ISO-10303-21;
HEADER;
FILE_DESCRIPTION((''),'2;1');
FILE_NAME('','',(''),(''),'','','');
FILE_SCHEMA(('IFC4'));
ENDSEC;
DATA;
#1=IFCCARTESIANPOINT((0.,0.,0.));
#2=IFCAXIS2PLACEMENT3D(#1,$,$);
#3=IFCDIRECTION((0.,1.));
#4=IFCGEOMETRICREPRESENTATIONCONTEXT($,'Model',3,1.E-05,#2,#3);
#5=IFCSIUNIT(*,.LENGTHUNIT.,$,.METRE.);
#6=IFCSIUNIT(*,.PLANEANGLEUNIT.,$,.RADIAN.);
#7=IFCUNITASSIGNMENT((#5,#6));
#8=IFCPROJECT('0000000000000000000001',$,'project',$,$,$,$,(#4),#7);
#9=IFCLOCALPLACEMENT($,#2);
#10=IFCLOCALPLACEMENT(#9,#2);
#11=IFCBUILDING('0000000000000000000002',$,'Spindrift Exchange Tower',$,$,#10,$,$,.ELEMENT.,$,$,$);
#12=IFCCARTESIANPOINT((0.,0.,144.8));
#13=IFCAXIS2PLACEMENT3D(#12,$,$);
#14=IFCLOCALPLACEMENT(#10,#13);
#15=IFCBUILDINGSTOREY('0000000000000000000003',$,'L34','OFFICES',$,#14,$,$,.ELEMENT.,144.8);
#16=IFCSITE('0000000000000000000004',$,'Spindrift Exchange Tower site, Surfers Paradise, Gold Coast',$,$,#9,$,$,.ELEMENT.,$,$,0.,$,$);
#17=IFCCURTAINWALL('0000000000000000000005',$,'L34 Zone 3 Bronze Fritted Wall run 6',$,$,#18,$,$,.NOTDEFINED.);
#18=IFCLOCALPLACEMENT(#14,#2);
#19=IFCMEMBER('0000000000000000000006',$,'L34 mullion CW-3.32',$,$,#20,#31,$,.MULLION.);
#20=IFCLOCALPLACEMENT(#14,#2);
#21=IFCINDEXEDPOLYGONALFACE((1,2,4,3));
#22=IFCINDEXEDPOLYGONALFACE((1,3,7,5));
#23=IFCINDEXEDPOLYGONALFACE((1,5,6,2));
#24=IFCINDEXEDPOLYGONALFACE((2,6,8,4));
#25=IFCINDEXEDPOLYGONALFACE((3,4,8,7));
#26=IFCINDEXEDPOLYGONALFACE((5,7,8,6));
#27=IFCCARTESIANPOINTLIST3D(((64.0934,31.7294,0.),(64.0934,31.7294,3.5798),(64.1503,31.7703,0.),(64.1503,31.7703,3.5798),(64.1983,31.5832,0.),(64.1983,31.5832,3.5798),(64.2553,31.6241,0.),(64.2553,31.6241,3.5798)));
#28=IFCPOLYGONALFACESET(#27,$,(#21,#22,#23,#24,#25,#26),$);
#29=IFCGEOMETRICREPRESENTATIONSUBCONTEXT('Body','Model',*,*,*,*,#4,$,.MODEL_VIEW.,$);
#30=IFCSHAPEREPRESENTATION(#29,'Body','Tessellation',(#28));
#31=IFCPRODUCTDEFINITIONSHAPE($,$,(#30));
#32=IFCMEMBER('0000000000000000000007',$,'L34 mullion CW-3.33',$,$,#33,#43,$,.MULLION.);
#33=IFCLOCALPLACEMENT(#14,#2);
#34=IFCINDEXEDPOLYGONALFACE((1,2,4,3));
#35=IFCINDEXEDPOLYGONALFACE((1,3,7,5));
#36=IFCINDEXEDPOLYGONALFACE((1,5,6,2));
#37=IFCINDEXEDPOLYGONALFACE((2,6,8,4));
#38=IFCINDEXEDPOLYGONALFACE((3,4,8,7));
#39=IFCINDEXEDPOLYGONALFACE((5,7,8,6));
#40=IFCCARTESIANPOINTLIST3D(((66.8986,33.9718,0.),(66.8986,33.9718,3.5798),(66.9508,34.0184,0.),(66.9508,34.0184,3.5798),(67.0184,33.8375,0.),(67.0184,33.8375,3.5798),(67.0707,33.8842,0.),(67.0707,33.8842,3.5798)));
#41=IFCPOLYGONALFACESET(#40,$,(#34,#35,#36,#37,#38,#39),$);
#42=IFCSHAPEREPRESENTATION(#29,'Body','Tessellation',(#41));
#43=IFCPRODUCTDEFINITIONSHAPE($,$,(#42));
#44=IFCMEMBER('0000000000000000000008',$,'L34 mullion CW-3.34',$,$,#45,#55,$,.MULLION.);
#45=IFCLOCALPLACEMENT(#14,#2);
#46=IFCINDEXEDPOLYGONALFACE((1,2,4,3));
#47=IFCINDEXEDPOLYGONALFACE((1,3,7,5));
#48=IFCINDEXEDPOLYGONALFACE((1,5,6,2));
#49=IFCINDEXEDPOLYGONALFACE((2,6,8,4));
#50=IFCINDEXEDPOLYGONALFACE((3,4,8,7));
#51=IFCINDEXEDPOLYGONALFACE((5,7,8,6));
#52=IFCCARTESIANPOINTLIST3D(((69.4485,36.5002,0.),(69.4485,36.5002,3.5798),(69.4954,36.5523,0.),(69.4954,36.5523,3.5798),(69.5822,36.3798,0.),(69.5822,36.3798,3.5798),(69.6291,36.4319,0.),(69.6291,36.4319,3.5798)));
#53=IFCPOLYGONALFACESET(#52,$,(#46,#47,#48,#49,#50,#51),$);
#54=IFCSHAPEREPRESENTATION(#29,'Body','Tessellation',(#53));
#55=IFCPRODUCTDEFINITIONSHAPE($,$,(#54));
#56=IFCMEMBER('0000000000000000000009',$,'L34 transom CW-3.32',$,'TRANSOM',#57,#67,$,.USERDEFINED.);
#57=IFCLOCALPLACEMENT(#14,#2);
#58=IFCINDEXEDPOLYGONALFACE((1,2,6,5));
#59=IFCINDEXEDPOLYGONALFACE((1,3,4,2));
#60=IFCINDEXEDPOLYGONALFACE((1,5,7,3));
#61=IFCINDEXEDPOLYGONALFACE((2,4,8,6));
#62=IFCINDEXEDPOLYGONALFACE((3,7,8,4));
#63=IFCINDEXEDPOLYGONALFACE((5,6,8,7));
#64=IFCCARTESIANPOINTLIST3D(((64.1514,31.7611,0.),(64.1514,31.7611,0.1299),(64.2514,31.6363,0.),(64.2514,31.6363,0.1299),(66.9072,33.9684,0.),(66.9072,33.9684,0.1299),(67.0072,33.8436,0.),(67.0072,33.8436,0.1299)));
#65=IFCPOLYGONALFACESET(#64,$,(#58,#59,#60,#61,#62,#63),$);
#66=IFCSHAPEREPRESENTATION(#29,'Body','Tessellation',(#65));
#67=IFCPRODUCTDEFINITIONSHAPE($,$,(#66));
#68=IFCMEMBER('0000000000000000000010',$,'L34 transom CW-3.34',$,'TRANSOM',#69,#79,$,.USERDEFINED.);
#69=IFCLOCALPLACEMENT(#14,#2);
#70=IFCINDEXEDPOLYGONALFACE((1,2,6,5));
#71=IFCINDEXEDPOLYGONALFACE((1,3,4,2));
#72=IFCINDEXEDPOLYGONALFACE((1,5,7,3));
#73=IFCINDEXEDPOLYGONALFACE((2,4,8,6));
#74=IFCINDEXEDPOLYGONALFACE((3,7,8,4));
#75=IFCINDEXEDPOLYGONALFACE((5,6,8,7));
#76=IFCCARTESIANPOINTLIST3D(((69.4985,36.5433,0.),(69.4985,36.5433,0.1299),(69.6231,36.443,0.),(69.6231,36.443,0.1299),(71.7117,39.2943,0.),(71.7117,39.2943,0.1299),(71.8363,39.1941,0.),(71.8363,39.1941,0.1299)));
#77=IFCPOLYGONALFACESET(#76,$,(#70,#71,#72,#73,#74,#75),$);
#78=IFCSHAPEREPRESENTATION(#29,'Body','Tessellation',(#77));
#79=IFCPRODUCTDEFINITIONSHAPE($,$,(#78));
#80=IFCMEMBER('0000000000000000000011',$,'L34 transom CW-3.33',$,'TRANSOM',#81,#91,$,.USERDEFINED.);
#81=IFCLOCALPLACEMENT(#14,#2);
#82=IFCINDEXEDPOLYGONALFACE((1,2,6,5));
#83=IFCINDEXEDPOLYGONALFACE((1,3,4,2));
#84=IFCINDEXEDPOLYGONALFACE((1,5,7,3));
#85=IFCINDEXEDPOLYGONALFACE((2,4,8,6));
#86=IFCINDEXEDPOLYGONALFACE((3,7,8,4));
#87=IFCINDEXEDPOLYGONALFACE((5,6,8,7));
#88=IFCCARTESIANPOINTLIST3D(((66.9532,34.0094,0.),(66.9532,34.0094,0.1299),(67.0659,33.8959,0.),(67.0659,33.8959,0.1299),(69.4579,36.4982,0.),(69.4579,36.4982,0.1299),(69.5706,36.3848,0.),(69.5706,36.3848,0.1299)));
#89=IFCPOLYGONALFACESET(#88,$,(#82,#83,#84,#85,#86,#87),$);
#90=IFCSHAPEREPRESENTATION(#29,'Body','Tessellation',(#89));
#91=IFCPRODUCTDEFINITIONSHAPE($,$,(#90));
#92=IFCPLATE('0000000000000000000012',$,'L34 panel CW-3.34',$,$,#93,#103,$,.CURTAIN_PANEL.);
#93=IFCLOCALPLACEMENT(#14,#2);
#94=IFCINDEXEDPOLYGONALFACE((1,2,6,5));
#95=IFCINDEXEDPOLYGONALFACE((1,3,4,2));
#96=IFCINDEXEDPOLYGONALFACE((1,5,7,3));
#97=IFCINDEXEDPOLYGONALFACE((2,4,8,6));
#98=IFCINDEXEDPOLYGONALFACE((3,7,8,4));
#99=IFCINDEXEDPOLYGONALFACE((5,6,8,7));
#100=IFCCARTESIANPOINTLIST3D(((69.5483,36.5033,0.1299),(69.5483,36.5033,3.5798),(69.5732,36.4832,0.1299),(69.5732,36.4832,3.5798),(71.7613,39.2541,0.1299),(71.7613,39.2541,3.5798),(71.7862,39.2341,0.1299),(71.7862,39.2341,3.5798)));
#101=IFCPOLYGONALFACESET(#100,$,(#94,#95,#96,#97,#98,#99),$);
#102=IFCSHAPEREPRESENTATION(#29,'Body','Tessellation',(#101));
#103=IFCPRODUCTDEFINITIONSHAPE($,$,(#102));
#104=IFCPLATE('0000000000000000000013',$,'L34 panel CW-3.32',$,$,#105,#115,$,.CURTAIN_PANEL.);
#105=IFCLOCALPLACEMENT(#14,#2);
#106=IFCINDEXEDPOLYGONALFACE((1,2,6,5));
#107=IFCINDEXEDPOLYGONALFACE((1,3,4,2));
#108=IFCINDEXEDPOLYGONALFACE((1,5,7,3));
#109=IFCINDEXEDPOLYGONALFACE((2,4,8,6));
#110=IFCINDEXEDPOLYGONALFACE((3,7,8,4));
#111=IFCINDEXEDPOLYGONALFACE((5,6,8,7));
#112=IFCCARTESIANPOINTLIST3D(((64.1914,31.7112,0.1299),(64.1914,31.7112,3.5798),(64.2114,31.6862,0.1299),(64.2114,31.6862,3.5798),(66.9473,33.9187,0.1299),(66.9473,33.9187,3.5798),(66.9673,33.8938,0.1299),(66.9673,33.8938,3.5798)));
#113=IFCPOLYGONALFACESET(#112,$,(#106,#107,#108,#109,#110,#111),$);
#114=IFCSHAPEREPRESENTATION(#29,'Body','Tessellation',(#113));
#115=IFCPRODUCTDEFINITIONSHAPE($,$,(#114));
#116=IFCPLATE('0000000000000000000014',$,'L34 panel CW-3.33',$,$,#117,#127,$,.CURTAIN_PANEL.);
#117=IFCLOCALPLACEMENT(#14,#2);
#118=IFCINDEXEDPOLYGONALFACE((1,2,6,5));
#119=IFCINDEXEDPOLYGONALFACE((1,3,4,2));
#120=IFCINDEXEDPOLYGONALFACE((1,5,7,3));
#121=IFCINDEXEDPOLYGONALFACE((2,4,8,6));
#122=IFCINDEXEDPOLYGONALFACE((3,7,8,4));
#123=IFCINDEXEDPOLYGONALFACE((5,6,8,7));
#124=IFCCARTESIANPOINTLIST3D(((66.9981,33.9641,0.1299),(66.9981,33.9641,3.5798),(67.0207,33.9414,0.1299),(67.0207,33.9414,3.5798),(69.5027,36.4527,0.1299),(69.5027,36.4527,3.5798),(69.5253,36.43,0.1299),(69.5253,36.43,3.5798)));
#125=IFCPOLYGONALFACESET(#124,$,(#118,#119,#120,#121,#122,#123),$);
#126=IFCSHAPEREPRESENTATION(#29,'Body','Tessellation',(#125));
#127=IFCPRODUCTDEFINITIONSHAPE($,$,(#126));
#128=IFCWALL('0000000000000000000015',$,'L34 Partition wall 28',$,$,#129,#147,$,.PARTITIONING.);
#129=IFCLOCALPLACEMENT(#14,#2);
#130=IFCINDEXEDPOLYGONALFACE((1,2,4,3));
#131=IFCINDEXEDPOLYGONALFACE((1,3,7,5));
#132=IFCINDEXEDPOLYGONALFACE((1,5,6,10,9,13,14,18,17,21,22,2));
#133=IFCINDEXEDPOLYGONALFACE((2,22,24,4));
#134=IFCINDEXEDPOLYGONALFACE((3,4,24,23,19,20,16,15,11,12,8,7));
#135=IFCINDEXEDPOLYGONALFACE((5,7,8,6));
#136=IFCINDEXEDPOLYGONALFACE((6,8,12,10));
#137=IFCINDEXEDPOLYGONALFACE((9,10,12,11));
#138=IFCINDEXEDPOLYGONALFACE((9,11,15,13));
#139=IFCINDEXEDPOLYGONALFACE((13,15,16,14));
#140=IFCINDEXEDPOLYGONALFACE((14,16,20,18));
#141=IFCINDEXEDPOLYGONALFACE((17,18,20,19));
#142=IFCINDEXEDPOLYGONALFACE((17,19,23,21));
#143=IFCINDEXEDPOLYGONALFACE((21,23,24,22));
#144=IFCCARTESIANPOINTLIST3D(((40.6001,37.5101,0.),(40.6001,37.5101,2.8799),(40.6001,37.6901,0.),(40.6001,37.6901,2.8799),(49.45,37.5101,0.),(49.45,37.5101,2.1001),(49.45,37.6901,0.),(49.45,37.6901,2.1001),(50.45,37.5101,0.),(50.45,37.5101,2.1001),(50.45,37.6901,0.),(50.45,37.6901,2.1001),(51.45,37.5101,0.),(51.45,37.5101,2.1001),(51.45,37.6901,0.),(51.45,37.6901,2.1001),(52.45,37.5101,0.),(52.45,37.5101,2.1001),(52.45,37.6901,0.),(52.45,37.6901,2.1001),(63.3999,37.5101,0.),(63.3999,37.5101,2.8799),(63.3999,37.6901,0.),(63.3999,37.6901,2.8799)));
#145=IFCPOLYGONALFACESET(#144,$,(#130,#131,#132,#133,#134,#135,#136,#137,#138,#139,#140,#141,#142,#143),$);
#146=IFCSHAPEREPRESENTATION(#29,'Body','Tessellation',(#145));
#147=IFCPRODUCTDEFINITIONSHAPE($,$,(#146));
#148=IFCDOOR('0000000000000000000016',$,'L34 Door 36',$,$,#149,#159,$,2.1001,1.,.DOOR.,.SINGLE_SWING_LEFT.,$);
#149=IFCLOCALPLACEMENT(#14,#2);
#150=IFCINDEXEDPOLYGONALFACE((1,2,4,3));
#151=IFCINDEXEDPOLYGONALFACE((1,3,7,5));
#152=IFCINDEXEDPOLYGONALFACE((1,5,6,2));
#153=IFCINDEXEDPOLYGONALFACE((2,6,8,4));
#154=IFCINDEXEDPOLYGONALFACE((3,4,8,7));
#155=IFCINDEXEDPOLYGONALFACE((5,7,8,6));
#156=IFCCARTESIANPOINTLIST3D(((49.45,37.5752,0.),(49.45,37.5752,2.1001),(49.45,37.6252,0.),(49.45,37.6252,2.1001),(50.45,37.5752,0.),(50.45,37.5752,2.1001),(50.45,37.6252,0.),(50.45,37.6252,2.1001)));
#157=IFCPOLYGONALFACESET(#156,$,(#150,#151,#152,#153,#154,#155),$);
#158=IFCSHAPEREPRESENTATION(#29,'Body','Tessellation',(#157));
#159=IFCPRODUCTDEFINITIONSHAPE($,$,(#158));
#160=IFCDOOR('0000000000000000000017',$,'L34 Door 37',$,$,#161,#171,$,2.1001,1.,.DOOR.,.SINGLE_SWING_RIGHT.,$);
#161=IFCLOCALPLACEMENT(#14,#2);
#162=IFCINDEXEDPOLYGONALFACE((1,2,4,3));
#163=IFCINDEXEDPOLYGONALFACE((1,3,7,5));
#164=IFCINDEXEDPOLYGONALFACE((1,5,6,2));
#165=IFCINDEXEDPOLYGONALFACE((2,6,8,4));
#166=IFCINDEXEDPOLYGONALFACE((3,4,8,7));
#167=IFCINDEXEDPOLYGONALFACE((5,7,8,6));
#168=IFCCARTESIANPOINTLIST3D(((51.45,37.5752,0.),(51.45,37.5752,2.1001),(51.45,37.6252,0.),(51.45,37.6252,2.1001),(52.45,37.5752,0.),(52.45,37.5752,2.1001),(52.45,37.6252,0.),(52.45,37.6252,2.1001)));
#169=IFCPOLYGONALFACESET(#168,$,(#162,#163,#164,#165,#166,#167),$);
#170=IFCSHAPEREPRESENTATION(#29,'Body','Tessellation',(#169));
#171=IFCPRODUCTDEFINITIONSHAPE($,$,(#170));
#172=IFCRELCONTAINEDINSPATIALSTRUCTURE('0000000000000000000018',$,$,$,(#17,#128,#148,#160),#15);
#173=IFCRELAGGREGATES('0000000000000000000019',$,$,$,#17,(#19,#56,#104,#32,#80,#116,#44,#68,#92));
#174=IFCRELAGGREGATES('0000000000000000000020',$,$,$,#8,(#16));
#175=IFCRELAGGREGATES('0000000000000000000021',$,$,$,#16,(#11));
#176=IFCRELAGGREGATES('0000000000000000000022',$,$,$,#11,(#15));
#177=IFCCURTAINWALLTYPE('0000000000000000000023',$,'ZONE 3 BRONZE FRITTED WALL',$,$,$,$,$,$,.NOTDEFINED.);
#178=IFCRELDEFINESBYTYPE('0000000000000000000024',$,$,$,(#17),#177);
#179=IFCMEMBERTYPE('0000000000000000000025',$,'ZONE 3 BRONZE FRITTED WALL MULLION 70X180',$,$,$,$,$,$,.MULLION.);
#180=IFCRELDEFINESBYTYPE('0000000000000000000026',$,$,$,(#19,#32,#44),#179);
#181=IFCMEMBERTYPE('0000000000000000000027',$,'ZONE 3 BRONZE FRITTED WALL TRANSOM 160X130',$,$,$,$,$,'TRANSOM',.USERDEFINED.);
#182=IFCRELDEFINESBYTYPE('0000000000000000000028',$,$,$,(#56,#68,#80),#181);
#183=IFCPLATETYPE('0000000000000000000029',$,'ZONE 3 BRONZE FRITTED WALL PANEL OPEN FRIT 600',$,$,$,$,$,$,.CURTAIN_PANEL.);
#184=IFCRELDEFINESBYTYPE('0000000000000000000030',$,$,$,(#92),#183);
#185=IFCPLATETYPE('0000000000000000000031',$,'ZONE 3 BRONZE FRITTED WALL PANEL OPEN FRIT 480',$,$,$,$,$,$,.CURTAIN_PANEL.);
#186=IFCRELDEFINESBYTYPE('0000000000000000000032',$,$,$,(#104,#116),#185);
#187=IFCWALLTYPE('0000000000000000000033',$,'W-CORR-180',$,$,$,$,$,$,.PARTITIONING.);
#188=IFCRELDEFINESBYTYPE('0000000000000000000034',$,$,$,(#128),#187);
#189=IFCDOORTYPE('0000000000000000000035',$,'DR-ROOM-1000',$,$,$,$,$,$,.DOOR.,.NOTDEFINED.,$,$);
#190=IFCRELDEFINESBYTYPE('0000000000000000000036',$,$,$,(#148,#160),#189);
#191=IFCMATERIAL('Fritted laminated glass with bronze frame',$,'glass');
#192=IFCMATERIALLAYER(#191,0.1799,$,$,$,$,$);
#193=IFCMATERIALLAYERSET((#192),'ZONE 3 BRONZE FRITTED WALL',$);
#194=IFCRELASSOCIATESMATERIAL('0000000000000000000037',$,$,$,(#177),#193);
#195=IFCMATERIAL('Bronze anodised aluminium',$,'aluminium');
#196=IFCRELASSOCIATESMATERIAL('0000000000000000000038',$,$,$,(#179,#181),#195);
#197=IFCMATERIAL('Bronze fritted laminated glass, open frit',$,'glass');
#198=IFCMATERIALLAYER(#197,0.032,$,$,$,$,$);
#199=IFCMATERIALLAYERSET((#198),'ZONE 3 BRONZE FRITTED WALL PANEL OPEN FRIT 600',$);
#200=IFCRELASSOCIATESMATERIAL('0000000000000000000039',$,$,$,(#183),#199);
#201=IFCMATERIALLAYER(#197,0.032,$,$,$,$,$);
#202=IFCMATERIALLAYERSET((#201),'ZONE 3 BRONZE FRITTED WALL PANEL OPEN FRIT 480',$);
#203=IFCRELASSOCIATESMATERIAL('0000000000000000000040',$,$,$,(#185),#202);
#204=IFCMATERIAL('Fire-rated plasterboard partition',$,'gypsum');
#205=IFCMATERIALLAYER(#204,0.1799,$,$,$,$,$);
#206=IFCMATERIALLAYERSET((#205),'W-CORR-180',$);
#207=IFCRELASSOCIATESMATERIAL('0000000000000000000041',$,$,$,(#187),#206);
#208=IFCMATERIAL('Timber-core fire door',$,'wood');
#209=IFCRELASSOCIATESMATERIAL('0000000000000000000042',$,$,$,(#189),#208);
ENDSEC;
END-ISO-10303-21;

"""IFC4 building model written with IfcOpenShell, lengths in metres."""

from ifc_helpers import new_model, si_unit, direction, frame, frame_2d, origin, origin_2d, place, context, subcontext, project, spatial, rectangle, extrude, source, transform, mapped, material, layer, layer_set, material_profile, profile_set, type_object, element, fill, aggregate, save


model = new_model("IFC4")

# Units and contexts
model_context = context("Model", 3, precision=1e-05, world=origin(), true_north=direction((0.0, 1.0)))
body_context = subcontext(model_context, "Body", "Model", "MODEL_VIEW")
ifc_project = project(units=[si_unit("LENGTHUNIT", "METRE"), si_unit("PLANEANGLEUNIT", "RADIAN")], contexts=[model_context])

# Site, building, storey
site_placement = place(None, origin())
site = spatial("IfcSite", under=ifc_project, at=site_placement, Name="Spindrift Exchange Tower site, Surfers Paradise, Gold Coast", CompositionType="ELEMENT", RefElevation=0.0)
building_placement = place(site_placement, origin())
building = spatial("IfcBuilding", under=site, at=building_placement, Name="Spindrift Exchange Tower", CompositionType="ELEMENT")
storey_placement = place(building_placement, frame((0.0, 0.0, 144.8)))
storey = spatial("IfcBuildingStorey", under=building, at=storey_placement, Name="L34", Description="OFFICES", CompositionType="ELEMENT", Elevation=144.8)

# Curtain wall, members, plates
ifc_material_1 = material(Name="Fritted laminated glass with bronze frame", Category="glass")
ifc_layer_1 = layer(ifc_material_1, 0.1799)
ifc_layer_set_1 = layer_set([ifc_layer_1], Name="ZONE 3 BRONZE FRITTED WALL")
curtain_wall_type = type_object("IfcCurtainWallType", Name="ZONE 3 BRONZE FRITTED WALL", PredefinedType="NOTDEFINED", material=ifc_layer_set_1)
curtain_wall_placement = place(storey_placement, origin())
curtain_wall = element("IfcCurtainWall", 1, at=curtain_wall_placement, inside=storey, type_object=curtain_wall_type, Name="L34 Zone 3 Bronze Fritted Wall run 6", PredefinedType="NOTDEFINED")
ifc_material_2 = material(Name="Bronze anodised aluminium", Category="aluminium")
ifc_material_profile_1 = material_profile(ifc_material_2, rectangle(XDim=0.0701, YDim=0.1799, at=origin_2d()), Name="ZONE 3 BRONZE FRITTED WALL MULLION 70X180")
ifc_profile_set_1 = profile_set([ifc_material_profile_1], Name="Bronze anodised aluminium")
member_type_1 = type_object("IfcMemberType", Name="ZONE 3 BRONZE FRITTED WALL MULLION 70X180", PredefinedType="MULLION", material=ifc_profile_set_1)
shared_shape_1 = source(origin(), body_context, "Body", "SweptSolid", [
    extrude(rectangle(XDim=0.0701, YDim=0.1799, at=origin_2d()), origin(), (0.0, 0.0, 1.0), 3.5798),
])
member_1_placement = place(storey_placement, frame((64.1743, 31.6768, 0.0), z_axis=(0.0, 0.0, 1.0), x_axis=(0.812208, 0.583367, 0.0)))
member_1 = element("IfcMember", 2, at=member_1_placement, type_object=member_type_1, Name="L34 mullion CW-3.32", PredefinedType="MULLION", context=body_context, shape_type="MappedRepresentation", body=[
    mapped(shared_shape_1, transform((0.0, 0.0, 0.0), scale=1.0)),
])
member_2_placement = place(storey_placement, frame((66.9846, 33.928, 0.0), z_axis=(0.0, 0.0, 1.0), x_axis=(0.745987, 0.665961, 0.0)))
member_2 = element("IfcMember", 3, at=member_2_placement, type_object=member_type_1, Name="L34 mullion CW-3.33", PredefinedType="MULLION", context=body_context, shape_type="MappedRepresentation", body=[
    mapped(shared_shape_1, transform((0.0, 0.0, 0.0), scale=1.0)),
])
member_3_placement = place(storey_placement, frame((69.5388, 36.4661, 0.0), z_axis=(0.0, 0.0, 1.0), x_axis=(0.669128, 0.743148, 0.0)))
member_3 = element("IfcMember", 4, at=member_3_placement, type_object=member_type_1, Name="L34 mullion CW-3.34", PredefinedType="MULLION", context=body_context, shape_type="MappedRepresentation", body=[
    mapped(shared_shape_1, transform((0.0, 0.0, 0.0), scale=1.0)),
])
ifc_material_profile_2 = material_profile(ifc_material_2, rectangle(XDim=0.1599, YDim=0.1299, at=origin_2d()), Name="ZONE 3 BRONZE FRITTED WALL TRANSOM 160X130")
ifc_profile_set_2 = profile_set([ifc_material_profile_2], Name="Bronze anodised aluminium")
member_type_2 = type_object("IfcMemberType", Name="ZONE 3 BRONZE FRITTED WALL TRANSOM 160X130", ElementType="TRANSOM", PredefinedType="USERDEFINED", material=ifc_profile_set_2)
shared_shape_2 = source(origin(), body_context, "Body", "SweptSolid", [
    extrude(rectangle(XDim=0.1599, YDim=0.1299, at=origin_2d()), origin(), (0.0, 0.0, 1.0), 3.5308),
])
member_4_placement = place(storey_placement, frame((64.2014, 31.6987, 0.0649), z_axis=(0.780511, 0.625142, 0.0), x_axis=(-0.625142, 0.780511, 0.0)))
member_4 = element("IfcMember", 5, at=member_4_placement, type_object=member_type_2, Name="L34 transom CW-3.32", ObjectType="TRANSOM", PredefinedType="USERDEFINED", context=body_context, shape_type="MappedRepresentation", body=[
    mapped(shared_shape_2, transform((0.0, 0.0, 0.0), scale=1.0)),
])
member_5_placement = place(storey_placement, frame((69.5608, 36.4932, 0.0649), z_axis=(0.626826, 0.779159, 0.0), x_axis=(-0.779159, 0.626826, 0.0)))
member_5 = element("IfcMember", 6, at=member_5_placement, type_object=member_type_2, Name="L34 transom CW-3.34", ObjectType="TRANSOM", PredefinedType="USERDEFINED", context=body_context, shape_type="MappedRepresentation", body=[
    mapped(shared_shape_2, transform((0.0, 0.0, 0.0), scale=1.0)),
])
shared_shape_3 = source(origin(), body_context, "Body", "SweptSolid", [
    extrude(rectangle(XDim=0.1599, YDim=0.1299, at=origin_2d()), origin(), (0.0, 0.0, 1.0), 3.531),
])
member_6_placement = place(storey_placement, frame((67.0095, 33.9526, 0.0649), z_axis=(0.70935, 0.704856, 0.0), x_axis=(-0.704856, 0.70935, 0.0)))
member_6 = element("IfcMember", 7, at=member_6_placement, type_object=member_type_2, Name="L34 transom CW-3.33", ObjectType="TRANSOM", PredefinedType="USERDEFINED", context=body_context, shape_type="MappedRepresentation", body=[
    mapped(shared_shape_3, transform((0.0, 0.0, 0.0), scale=1.0)),
])
ifc_material_3 = material(Name="Bronze fritted laminated glass, open frit", Category="glass")
ifc_layer_2 = layer(ifc_material_3, 0.032)
ifc_layer_set_2 = layer_set([ifc_layer_2], Name="ZONE 3 BRONZE FRITTED WALL PANEL OPEN FRIT 600")
plate_type_1 = type_object("IfcPlateType", Name="ZONE 3 BRONZE FRITTED WALL PANEL OPEN FRIT 600", PredefinedType="CURTAIN_PANEL", material=ifc_layer_set_2)
shared_shape_4 = source(origin(), body_context, "Body", "SweptSolid", [
    extrude(rectangle(XDim=3.5305, YDim=0.032, at=origin_2d()), origin(), (0.0, 0.0, 1.0), 3.45),
])
plate_1_placement = place(storey_placement, frame((70.6672, 37.8687, 0.1299), z_axis=(0.0, 0.0, 1.0), x_axis=(0.626823, 0.779162, 0.0)))
plate_1 = element("IfcPlate", 8, at=plate_1_placement, type_object=plate_type_1, Name="L34 panel CW-3.34", PredefinedType="CURTAIN_PANEL", context=body_context, shape_type="MappedRepresentation", body=[
    mapped(shared_shape_4, transform((0.0, 0.0, 0.0), scale=1.0)),
])
ifc_layer_3 = layer(ifc_material_3, 0.032)
ifc_layer_set_3 = layer_set([ifc_layer_3], Name="ZONE 3 BRONZE FRITTED WALL PANEL OPEN FRIT 480")
plate_type_2 = type_object("IfcPlateType", Name="ZONE 3 BRONZE FRITTED WALL PANEL OPEN FRIT 480", PredefinedType="CURTAIN_PANEL", material=ifc_layer_set_3)
shared_shape_5 = source(origin(), body_context, "Body", "SweptSolid", [
    extrude(rectangle(XDim=3.531, YDim=0.032, at=origin_2d()), origin(), (0.0, 0.0, 1.0), 3.45),
])
plate_2_placement = place(storey_placement, frame((65.5793, 32.8025, 0.1299), z_axis=(0.0, 0.0, 1.0), x_axis=(0.780478, 0.625183, 0.0)))
plate_2 = element("IfcPlate", 9, at=plate_2_placement, type_object=plate_type_2, Name="L34 panel CW-3.32", PredefinedType="CURTAIN_PANEL", context=body_context, shape_type="MappedRepresentation", body=[
    mapped(shared_shape_5, transform((0.0, 0.0, 0.0), scale=1.0)),
])
shared_shape_6 = source(origin(), body_context, "Body", "SweptSolid", [
    extrude(rectangle(XDim=3.5308, YDim=0.032, at=origin_2d()), origin(), (0.0, 0.0, 1.0), 3.45),
])
plate_3_placement = place(storey_placement, frame((68.2617, 35.197, 0.1299), z_axis=(0.0, 0.0, 1.0), x_axis=(0.709367, 0.70484, 0.0)))
plate_3 = element("IfcPlate", 10, at=plate_3_placement, type_object=plate_type_2, Name="L34 panel CW-3.33", PredefinedType="CURTAIN_PANEL", context=body_context, shape_type="MappedRepresentation", body=[
    mapped(shared_shape_6, transform((0.0, 0.0, 0.0), scale=1.0)),
])
aggregate(curtain_wall, [member_1, member_4, plate_2, member_2, member_6, plate_3, member_3, member_5, plate_1])

# Wall, openings, doors
ifc_material_4 = material(Name="Fire-rated plasterboard partition", Category="gypsum")
ifc_layer_4 = layer(ifc_material_4, 0.1799)
ifc_layer_set_4 = layer_set([ifc_layer_4], Name="W-CORR-180")
wall_type_1 = type_object("IfcWallType", Name="W-CORR-180", PredefinedType="PARTITIONING", material=ifc_layer_set_4)
wall_1_placement = place(storey_placement, frame((63.3999, 37.6001, 0.0), z_axis=(0.0, 0.0, 1.0), x_axis=(-1.0, 0.0, 0.0)))
wall_1 = element("IfcWall", 11, at=wall_1_placement, inside=storey, type_object=wall_type_1, Name="L34 Partition wall 28", PredefinedType="PARTITIONING", context=body_context, shape_type="SweptSolid", body=[
    extrude(rectangle(XDim=22.7998, YDim=0.1799, at=frame_2d((11.3999, 0.0))), origin(), (0.0, 0.0, 1.0), 2.8799),
])
opening_1_placement = place(wall_1_placement, frame((12.95, 0.0, 0.0)))
opening_1 = element("IfcOpeningElement", 12, at=opening_1_placement, cuts=wall_1, PredefinedType="OPENING", context=body_context, shape_type="SweptSolid", body=[
    extrude(rectangle(XDim=1.0, YDim=2.1001, at=frame_2d((0.5, 1.05))), frame((0.0, 0.0999, 0.0), z_axis=(0.0, -1.0, 0.0), x_axis=(1.0, 0.0, 0.0)), (0.0, 0.0, 1.0), 0.2),
])
opening_2_placement = place(wall_1_placement, frame((10.95, 0.0, 0.0)))
opening_2 = element("IfcOpeningElement", 13, at=opening_2_placement, cuts=wall_1, PredefinedType="OPENING", context=body_context, shape_type="SweptSolid", body=[
    extrude(rectangle(XDim=1.0, YDim=2.1001, at=frame_2d((0.5, 1.05))), frame((0.0, 0.0999, 0.0), z_axis=(0.0, -1.0, 0.0), x_axis=(1.0, 0.0, 0.0)), (0.0, 0.0, 1.0), 0.2),
])
ifc_material_5 = material(Name="Timber-core fire door", Category="wood")
door_type = type_object("IfcDoorType", Name="DR-ROOM-1000", OperationType="NOTDEFINED", PredefinedType="DOOR", material=ifc_material_5)
shared_shape_7 = source(origin(), body_context, "Body", "SweptSolid", [
    extrude(rectangle(XDim=1.0, YDim=2.1001, at=frame_2d((0.5, 1.05))), frame((0.0, 0.0249, 0.0), z_axis=(0.0, -1.0, 0.0), x_axis=(1.0, 0.0, 0.0)), (0.0, 0.0, 1.0), 0.05),
])
door_1_placement = place(opening_1_placement, origin())
door_1 = element("IfcDoor", 14, at=door_1_placement, inside=storey, type_object=door_type, Name="L34 Door 36", OperationType="SINGLE_SWING_LEFT", OverallHeight=2.1001, OverallWidth=1.0, PredefinedType="DOOR", context=body_context, shape_type="MappedRepresentation", body=[
    mapped(shared_shape_7, transform((0.0, 0.0, 0.0), scale=1.0)),
])
fill(opening_1, door_1)
door_2_placement = place(opening_2_placement, origin())
door_2 = element("IfcDoor", 15, at=door_2_placement, inside=storey, type_object=door_type, Name="L34 Door 37", OperationType="SINGLE_SWING_RIGHT", OverallHeight=2.1001, OverallWidth=1.0, PredefinedType="DOOR", context=body_context, shape_type="MappedRepresentation", body=[
    mapped(shared_shape_7, transform((0.0, 0.0, 0.0), scale=1.0)),
])
fill(opening_2, door_2)

save(model, "model.ifc")
